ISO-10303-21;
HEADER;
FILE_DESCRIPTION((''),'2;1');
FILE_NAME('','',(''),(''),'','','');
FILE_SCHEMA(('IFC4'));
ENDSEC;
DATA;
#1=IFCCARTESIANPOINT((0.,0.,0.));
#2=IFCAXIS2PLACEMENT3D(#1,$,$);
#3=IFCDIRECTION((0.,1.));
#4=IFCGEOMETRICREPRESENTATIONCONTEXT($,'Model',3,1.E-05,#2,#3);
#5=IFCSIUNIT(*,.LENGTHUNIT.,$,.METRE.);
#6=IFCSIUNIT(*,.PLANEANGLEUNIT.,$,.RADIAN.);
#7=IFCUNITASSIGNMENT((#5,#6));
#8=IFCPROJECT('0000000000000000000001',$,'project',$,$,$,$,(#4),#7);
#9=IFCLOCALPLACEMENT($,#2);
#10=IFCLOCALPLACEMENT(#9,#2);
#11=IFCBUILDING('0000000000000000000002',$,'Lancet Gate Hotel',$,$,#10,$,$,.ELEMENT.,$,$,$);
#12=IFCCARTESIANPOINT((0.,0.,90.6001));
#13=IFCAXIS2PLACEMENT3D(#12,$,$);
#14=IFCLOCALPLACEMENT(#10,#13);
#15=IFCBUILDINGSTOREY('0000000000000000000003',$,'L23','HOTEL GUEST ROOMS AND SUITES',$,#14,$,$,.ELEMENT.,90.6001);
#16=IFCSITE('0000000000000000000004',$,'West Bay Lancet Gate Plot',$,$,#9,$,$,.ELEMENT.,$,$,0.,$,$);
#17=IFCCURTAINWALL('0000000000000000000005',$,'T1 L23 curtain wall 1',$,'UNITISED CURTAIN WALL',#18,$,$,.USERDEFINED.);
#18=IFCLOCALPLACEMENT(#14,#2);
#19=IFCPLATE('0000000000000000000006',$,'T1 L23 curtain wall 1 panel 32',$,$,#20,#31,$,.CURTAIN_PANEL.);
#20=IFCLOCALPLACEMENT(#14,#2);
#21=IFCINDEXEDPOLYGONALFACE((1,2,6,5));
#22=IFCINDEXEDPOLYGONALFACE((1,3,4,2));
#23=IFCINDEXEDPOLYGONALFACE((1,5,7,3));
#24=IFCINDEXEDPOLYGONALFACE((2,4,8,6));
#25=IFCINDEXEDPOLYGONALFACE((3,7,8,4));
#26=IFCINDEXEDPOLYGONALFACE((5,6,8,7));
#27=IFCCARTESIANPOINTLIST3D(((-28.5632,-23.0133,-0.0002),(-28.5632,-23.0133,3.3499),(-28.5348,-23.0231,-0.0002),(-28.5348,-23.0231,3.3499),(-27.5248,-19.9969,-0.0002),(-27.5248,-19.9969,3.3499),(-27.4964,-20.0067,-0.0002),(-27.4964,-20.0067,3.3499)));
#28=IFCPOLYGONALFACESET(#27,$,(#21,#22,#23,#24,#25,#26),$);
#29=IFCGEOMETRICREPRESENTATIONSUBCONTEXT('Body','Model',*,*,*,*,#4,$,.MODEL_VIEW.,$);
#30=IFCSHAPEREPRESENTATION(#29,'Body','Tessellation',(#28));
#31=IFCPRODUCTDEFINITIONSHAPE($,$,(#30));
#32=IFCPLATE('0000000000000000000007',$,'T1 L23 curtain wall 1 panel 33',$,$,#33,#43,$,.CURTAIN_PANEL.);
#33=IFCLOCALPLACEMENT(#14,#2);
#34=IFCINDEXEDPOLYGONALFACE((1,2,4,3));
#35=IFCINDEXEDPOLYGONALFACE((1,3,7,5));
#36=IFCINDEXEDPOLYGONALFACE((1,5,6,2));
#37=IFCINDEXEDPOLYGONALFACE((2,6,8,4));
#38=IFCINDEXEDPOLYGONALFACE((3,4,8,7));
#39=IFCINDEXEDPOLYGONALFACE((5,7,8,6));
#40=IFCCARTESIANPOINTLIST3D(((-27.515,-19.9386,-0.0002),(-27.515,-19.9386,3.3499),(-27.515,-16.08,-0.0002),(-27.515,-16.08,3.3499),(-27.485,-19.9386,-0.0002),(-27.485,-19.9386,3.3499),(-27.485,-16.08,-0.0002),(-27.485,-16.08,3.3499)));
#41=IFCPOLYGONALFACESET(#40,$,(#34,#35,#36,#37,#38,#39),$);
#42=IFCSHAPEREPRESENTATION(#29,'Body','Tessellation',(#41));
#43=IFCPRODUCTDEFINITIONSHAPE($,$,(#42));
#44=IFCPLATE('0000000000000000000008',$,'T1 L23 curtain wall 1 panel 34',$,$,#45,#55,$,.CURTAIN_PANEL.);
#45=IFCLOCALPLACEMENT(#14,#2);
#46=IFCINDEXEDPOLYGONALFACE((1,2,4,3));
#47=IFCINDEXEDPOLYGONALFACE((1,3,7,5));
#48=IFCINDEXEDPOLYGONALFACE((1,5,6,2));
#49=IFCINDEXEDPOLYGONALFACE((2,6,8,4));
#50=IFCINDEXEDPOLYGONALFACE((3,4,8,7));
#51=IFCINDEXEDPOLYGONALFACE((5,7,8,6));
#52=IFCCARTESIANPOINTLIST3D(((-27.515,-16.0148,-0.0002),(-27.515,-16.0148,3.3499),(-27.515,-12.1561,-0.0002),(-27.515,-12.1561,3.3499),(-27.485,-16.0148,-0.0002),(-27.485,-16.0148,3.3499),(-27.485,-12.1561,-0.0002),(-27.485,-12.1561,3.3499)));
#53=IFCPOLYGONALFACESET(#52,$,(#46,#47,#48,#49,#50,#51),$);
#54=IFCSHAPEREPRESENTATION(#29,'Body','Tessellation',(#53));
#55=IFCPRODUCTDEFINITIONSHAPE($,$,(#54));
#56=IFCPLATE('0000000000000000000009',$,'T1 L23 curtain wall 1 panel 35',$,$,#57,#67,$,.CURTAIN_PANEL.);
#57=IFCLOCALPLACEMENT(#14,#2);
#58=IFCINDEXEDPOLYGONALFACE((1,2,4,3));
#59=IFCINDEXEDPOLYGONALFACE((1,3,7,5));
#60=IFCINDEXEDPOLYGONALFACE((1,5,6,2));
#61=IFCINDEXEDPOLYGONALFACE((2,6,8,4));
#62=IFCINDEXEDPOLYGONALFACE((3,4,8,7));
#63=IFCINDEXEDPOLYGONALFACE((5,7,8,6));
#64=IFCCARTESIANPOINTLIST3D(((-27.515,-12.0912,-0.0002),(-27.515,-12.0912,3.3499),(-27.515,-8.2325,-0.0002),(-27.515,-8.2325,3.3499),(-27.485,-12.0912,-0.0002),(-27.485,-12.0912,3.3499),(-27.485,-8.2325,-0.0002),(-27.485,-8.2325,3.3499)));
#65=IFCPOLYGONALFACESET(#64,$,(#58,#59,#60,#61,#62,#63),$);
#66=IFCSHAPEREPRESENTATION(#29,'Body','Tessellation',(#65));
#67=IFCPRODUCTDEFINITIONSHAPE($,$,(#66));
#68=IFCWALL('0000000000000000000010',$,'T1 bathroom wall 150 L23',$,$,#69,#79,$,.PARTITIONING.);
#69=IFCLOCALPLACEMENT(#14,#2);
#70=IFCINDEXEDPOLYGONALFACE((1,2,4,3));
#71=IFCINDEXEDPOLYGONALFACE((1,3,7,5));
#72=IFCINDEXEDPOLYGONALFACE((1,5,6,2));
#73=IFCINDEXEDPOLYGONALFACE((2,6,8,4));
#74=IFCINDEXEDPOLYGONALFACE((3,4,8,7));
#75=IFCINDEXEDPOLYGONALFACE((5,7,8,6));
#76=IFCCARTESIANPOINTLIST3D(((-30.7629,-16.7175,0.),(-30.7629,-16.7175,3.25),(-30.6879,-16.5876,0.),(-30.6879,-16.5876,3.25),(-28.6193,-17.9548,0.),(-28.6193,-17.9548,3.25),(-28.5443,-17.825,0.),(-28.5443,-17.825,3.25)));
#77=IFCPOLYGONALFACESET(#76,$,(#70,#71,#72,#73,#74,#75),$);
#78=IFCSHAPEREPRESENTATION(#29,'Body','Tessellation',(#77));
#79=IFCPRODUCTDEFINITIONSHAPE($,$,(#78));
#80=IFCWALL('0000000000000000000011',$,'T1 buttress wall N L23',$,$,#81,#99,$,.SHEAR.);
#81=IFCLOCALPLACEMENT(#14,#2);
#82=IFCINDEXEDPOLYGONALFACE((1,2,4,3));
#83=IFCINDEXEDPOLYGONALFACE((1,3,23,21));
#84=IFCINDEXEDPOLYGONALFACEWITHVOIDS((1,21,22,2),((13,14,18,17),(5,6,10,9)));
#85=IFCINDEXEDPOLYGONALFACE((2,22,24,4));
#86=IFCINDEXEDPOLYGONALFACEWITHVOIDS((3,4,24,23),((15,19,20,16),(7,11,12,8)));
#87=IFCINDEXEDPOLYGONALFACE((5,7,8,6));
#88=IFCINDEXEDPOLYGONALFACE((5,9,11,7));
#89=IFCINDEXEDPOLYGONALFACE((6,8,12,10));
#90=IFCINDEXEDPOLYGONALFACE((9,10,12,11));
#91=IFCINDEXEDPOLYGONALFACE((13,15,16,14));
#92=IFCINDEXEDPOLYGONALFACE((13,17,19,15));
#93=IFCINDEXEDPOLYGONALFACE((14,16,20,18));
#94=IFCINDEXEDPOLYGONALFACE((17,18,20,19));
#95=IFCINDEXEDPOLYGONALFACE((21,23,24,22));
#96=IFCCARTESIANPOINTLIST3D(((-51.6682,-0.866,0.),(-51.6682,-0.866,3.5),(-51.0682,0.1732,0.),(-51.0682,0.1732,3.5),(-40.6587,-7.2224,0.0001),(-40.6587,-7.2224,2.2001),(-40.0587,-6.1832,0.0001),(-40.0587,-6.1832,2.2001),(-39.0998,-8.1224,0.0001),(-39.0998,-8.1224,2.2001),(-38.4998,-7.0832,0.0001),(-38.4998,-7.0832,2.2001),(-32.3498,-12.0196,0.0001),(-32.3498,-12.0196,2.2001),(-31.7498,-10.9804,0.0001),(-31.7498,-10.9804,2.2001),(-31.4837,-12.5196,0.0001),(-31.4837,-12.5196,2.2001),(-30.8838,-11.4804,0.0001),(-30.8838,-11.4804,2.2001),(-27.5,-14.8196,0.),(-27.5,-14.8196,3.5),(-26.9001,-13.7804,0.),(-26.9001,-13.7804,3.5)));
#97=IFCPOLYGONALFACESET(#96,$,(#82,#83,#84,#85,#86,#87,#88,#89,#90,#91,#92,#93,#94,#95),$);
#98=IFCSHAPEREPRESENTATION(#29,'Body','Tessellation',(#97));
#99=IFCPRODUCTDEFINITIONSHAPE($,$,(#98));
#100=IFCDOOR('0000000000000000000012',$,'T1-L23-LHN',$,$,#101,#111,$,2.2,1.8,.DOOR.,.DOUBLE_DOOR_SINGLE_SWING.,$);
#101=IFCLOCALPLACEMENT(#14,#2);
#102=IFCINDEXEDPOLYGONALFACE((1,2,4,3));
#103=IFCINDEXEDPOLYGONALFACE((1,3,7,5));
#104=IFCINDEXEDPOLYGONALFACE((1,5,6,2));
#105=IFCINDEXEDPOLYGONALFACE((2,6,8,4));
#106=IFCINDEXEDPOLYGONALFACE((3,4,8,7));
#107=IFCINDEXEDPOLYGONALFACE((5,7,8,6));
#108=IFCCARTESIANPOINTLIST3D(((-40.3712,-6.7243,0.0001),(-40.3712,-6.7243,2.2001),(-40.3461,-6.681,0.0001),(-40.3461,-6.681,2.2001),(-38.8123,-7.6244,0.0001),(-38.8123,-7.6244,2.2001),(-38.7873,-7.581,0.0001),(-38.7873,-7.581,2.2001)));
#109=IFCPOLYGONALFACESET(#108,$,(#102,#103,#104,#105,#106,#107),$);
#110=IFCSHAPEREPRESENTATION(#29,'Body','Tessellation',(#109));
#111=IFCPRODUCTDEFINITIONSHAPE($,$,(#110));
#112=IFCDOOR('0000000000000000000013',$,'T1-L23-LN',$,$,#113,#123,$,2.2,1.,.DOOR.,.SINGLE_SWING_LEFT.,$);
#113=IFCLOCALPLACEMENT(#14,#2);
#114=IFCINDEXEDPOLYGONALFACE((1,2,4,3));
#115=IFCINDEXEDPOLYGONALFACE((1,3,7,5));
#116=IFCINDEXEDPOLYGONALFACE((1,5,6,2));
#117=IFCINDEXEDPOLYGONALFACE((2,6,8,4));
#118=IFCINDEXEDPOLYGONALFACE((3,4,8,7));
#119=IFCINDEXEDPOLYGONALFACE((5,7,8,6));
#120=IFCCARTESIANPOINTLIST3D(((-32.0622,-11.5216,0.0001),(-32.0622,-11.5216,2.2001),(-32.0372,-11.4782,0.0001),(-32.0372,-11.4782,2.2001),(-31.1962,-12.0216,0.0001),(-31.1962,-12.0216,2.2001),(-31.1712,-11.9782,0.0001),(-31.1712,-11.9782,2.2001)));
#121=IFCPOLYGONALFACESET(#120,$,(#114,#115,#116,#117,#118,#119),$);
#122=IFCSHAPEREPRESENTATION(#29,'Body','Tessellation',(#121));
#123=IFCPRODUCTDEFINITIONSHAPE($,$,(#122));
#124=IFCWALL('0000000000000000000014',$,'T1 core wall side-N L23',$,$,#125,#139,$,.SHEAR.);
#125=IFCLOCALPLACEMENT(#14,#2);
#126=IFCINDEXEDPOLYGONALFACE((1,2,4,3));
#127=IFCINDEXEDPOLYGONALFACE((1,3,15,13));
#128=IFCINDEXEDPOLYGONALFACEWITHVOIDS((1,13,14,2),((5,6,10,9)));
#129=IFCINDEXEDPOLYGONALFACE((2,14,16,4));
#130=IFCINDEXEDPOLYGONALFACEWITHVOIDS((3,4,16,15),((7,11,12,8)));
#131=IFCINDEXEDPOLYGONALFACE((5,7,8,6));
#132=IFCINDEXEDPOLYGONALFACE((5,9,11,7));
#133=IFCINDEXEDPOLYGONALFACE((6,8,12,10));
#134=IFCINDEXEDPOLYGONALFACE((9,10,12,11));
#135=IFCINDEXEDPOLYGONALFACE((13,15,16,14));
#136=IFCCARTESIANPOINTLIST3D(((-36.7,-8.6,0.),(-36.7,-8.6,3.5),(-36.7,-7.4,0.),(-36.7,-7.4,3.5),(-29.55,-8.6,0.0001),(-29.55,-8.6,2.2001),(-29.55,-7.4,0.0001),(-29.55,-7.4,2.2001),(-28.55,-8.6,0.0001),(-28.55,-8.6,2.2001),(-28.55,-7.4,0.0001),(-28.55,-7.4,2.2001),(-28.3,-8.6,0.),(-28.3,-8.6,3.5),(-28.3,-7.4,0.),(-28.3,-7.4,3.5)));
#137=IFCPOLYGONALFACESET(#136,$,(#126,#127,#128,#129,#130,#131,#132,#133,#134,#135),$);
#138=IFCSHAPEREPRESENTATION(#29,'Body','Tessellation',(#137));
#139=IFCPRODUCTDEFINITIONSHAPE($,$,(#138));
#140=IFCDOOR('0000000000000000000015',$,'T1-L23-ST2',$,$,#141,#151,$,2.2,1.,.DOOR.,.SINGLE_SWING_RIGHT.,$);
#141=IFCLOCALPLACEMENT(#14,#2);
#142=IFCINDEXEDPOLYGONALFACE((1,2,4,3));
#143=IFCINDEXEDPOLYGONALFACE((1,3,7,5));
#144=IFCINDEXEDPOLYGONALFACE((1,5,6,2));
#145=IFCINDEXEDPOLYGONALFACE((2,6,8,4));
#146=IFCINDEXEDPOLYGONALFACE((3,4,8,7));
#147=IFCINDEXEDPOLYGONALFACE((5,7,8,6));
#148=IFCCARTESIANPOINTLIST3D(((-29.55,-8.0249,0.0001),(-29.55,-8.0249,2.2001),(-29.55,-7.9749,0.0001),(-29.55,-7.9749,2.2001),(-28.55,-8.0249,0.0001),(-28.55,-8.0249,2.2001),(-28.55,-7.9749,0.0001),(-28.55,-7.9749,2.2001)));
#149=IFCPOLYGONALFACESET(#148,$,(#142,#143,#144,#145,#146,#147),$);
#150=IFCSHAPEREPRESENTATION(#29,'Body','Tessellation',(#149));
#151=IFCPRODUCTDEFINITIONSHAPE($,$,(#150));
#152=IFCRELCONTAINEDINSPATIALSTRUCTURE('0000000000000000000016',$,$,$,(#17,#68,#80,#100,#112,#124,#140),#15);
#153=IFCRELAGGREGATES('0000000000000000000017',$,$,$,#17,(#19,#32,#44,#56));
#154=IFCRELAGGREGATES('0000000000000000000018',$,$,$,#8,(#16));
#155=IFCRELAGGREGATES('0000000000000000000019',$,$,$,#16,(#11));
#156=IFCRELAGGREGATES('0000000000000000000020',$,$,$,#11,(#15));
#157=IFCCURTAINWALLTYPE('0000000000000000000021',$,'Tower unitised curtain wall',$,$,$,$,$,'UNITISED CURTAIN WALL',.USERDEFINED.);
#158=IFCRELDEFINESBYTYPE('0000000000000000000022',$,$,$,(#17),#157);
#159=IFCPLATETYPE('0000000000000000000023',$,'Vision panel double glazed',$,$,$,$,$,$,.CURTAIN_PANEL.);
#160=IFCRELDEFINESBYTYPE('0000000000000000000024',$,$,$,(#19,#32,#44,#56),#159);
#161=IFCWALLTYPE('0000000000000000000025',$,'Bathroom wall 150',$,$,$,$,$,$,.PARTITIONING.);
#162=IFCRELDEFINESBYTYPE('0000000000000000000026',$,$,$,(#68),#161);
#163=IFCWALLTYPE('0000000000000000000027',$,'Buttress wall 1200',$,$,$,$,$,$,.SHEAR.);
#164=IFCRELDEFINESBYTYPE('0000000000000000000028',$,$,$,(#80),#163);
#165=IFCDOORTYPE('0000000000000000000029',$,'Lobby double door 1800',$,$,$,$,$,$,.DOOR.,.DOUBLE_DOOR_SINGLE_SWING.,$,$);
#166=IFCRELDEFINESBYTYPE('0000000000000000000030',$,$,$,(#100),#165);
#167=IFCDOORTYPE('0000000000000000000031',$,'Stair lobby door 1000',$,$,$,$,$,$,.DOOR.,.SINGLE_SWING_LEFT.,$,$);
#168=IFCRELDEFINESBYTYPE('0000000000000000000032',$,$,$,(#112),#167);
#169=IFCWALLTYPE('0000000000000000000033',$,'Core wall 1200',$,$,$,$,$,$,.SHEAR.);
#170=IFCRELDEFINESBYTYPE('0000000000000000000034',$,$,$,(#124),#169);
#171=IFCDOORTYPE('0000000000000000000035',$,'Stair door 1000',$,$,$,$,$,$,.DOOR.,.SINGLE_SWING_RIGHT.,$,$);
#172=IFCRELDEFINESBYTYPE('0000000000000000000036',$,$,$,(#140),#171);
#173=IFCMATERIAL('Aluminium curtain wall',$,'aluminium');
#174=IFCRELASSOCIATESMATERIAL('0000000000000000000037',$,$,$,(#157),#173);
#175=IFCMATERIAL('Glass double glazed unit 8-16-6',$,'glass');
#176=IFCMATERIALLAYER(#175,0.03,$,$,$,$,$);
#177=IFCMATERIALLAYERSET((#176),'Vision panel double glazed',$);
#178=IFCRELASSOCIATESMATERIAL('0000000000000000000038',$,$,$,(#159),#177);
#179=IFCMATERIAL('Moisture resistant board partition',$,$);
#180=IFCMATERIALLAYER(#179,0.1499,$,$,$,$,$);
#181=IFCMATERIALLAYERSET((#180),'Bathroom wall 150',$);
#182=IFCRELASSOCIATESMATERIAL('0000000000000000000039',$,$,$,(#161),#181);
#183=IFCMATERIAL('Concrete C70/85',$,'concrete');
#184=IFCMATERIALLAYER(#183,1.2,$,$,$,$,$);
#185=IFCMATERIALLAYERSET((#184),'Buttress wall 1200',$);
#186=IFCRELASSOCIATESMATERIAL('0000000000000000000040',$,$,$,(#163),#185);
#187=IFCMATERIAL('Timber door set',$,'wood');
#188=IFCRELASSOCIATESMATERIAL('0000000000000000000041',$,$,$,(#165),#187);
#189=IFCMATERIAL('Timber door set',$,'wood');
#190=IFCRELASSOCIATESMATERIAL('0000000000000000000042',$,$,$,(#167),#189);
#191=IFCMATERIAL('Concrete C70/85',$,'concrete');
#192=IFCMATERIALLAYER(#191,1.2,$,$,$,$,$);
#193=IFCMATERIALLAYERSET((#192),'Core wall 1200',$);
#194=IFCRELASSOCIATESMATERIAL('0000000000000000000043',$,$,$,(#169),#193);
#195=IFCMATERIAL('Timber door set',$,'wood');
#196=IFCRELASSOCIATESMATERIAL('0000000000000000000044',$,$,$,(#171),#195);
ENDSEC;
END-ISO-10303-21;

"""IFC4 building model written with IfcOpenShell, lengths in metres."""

from ifc_helpers import new_model, si_unit, direction, frame, frame_2d, origin, origin_2d, place, context, subcontext, project, spatial, rectangle, extrude, material, layer, layer_set, type_object, element, fill, aggregate, save


model = new_model("IFC4")

# Units and contexts
model_context = context("Model", 3, precision=1e-05, world=origin(), true_north=direction((0.0, 1.0)))
body_context = subcontext(model_context, "Body", "Model", "MODEL_VIEW")
ifc_project = project(units=[si_unit("LENGTHUNIT", "METRE"), si_unit("PLANEANGLEUNIT", "RADIAN")], contexts=[model_context])

# Site, building, storey
site_placement = place(None, origin())
site = spatial("IfcSite", under=ifc_project, at=site_placement, Name="West Bay Lancet Gate Plot", CompositionType="ELEMENT", RefElevation=0.0)
building_placement = place(site_placement, origin())
building = spatial("IfcBuilding", under=site, at=building_placement, Name="Lancet Gate Hotel", CompositionType="ELEMENT")
storey_placement = place(building_placement, frame((0.0, 0.0, 90.6001)))
storey = spatial("IfcBuildingStorey", under=building, at=storey_placement, Name="L23", Description="HOTEL GUEST ROOMS AND SUITES", CompositionType="ELEMENT", Elevation=90.6001)

# Curtain wall
ifc_material_1 = material(Name="Aluminium curtain wall", Category="aluminium")
curtain_wall_type = type_object("IfcCurtainWallType", Name="Tower unitised curtain wall", ElementType="UNITISED CURTAIN WALL", PredefinedType="USERDEFINED", material=ifc_material_1)
curtain_wall_placement = place(storey_placement, origin())
curtain_wall = element("IfcCurtainWall", 1, at=curtain_wall_placement, inside=storey, type_object=curtain_wall_type, Name="T1 L23 curtain wall 1", ObjectType="UNITISED CURTAIN WALL", PredefinedType="USERDEFINED")

# Plates
ifc_material_2 = material(Name="Glass double glazed unit 8-16-6", Category="glass")
ifc_layer_1 = layer(ifc_material_2, 0.03)
ifc_layer_set_1 = layer_set([ifc_layer_1], Name="Vision panel double glazed")
plate_type = type_object("IfcPlateType", Name="Vision panel double glazed", PredefinedType="CURTAIN_PANEL", material=ifc_layer_set_1)
plate_1_placement = place(storey_placement, frame((-28.0298, -21.51, -0.0002), z_axis=(0.0, 0.0, 1.0), x_axis=(0.325516, 0.945537, 0.0)))
plate_1 = element("IfcPlate", 2, at=plate_1_placement, type_object=plate_type, Name="T1 L23 curtain wall 1 panel 32", PredefinedType="CURTAIN_PANEL", context=body_context, shape_type="SweptSolid", body=[
    extrude(rectangle(XDim=3.1902, YDim=0.03, at=origin_2d()), origin(), (0.0, 0.0, 1.0), 3.3501),
])
plate_2_placement = place(storey_placement, frame((-27.5, -18.0093, -0.0002), z_axis=(0.0, 0.0, 1.0), x_axis=(0.0, 1.0, 0.0)))
plate_2 = element("IfcPlate", 3, at=plate_2_placement, type_object=plate_type, Name="T1 L23 curtain wall 1 panel 33", PredefinedType="CURTAIN_PANEL", context=body_context, shape_type="SweptSolid", body=[
    extrude(rectangle(XDim=3.8586, YDim=0.03, at=origin_2d()), origin(), (0.0, 0.0, 1.0), 3.3501),
])
plate_3_placement = place(storey_placement, frame((-27.5, -14.0854, -0.0002), z_axis=(0.0, 0.0, 1.0), x_axis=(0.0, 1.0, 0.0)))
plate_3 = element("IfcPlate", 4, at=plate_3_placement, type_object=plate_type, Name="T1 L23 curtain wall 1 panel 34", PredefinedType="CURTAIN_PANEL", context=body_context, shape_type="SweptSolid", body=[
    extrude(rectangle(XDim=3.8586, YDim=0.03, at=origin_2d()), origin(), (0.0, 0.0, 1.0), 3.3501),
])
plate_4_placement = place(storey_placement, frame((-27.5, -10.1619, -0.0002), z_axis=(0.0, 0.0, 1.0), x_axis=(0.0, 1.0, 0.0)))
plate_4 = element("IfcPlate", 5, at=plate_4_placement, type_object=plate_type, Name="T1 L23 curtain wall 1 panel 35", PredefinedType="CURTAIN_PANEL", context=body_context, shape_type="SweptSolid", body=[
    extrude(rectangle(XDim=3.8586, YDim=0.03, at=origin_2d()), origin(), (0.0, 0.0, 1.0), 3.3501),
])
aggregate(curtain_wall, [plate_1, plate_2, plate_3, plate_4])

# Wall
ifc_material_3 = material(Name="Moisture resistant board partition")
ifc_layer_2 = layer(ifc_material_3, 0.1499)
ifc_layer_set_2 = layer_set([ifc_layer_2], Name="Bathroom wall 150")
wall_type_1 = type_object("IfcWallType", Name="Bathroom wall 150", PredefinedType="PARTITIONING", material=ifc_layer_set_2)
wall_1_placement = place(storey_placement, frame((-28.5818, -17.8899, 0.0), z_axis=(0.0, 0.0, 1.0), x_axis=(-0.866074, 0.499916, 0.0)))
element("IfcWall", 6, at=wall_1_placement, inside=storey, type_object=wall_type_1, Name="T1 bathroom wall 150 L23", PredefinedType="PARTITIONING", context=body_context, shape_type="SweptSolid", body=[
    extrude(rectangle(XDim=2.4751, YDim=0.1499, at=frame_2d((1.2375, 0.0))), origin(), (0.0, 0.0, 1.0), 3.25),
])

# Wall, openings, doors
ifc_material_4 = material(Name="Concrete C70/85", Category="concrete")
ifc_layer_3 = layer(ifc_material_4, 1.2)
ifc_layer_set_3 = layer_set([ifc_layer_3], Name="Buttress wall 1200")
wall_type_2 = type_object("IfcWallType", Name="Buttress wall 1200", PredefinedType="SHEAR", material=ifc_layer_set_3)
wall_2_placement = place(storey_placement, frame((-27.2, -14.3, 0.0), z_axis=(0.0, 0.0, 1.0), x_axis=(-0.866024, 0.500002, 0.0)))
wall_2 = element("IfcWall", 7, at=wall_2_placement, inside=storey, type_object=wall_type_2, Name="T1 buttress wall N L23", PredefinedType="SHEAR", context=body_context, shape_type="SweptSolid", body=[
    extrude(rectangle(XDim=27.907, YDim=1.2, at=frame_2d((13.9536, 0.0))), origin(), (0.0, 0.0, 1.0), 3.5),
])
opening_1_placement = place(wall_2_placement, frame((4.6001, 0.0, 0.0)))
opening_1 = element("IfcOpeningElement", 8, at=opening_1_placement, cuts=wall_2, PredefinedType="OPENING", context=body_context, shape_type="SweptSolid", body=[
    extrude(rectangle(XDim=1.0, YDim=2.2, at=frame_2d((0.5, 1.1001))), frame((0.0, 0.6099, 0.0), z_axis=(0.0, -1.0, 0.0), x_axis=(1.0, 0.0, 0.0)), (0.0, 0.0, 1.0), 1.22),
])
opening_2_placement = place(wall_2_placement, frame((13.3945, 0.0, 0.0)))
opening_2 = element("IfcOpeningElement", 9, at=opening_2_placement, cuts=wall_2, PredefinedType="OPENING", context=body_context, shape_type="SweptSolid", body=[
    extrude(rectangle(XDim=1.8, YDim=2.2, at=frame_2d((0.8999, 1.1001))), frame((0.0, 0.6099, 0.0), z_axis=(0.0, -1.0, 0.0), x_axis=(1.0, 0.0, 0.0)), (0.0, 0.0, 1.0), 1.22),
])
ifc_material_5 = material(Name="Timber door set", Category="wood")
door_type_1 = type_object("IfcDoorType", Name="Lobby double door 1800", OperationType="DOUBLE_DOOR_SINGLE_SWING", PredefinedType="DOOR", material=ifc_material_5)
door_1_placement = place(opening_2_placement, origin())
door_1 = element("IfcDoor", 10, at=door_1_placement, inside=storey, type_object=door_type_1, Name="T1-L23-LHN", OperationType="DOUBLE_DOOR_SINGLE_SWING", OverallHeight=2.2, OverallWidth=1.8, PredefinedType="DOOR", context=body_context, shape_type="SweptSolid", body=[
    extrude(rectangle(XDim=1.8, YDim=2.2, at=frame_2d((0.8999, 1.1001))), frame((0.0, 0.0249, 0.0), z_axis=(0.0, -1.0, 0.0), x_axis=(1.0, 0.0, 0.0)), (0.0, 0.0, 1.0), 0.05),
])
fill(opening_2, door_1)
ifc_material_6 = material(Name="Timber door set", Category="wood")
door_type_2 = type_object("IfcDoorType", Name="Stair lobby door 1000", OperationType="SINGLE_SWING_LEFT", PredefinedType="DOOR", material=ifc_material_6)
door_2_placement = place(opening_1_placement, origin())
door_2 = element("IfcDoor", 11, at=door_2_placement, inside=storey, type_object=door_type_2, Name="T1-L23-LN", OperationType="SINGLE_SWING_LEFT", OverallHeight=2.2, OverallWidth=1.0, PredefinedType="DOOR", context=body_context, shape_type="SweptSolid", body=[
    extrude(rectangle(XDim=1.0, YDim=2.2, at=frame_2d((0.5, 1.1001))), frame((0.0, 0.0249, 0.0), z_axis=(0.0, -1.0, 0.0), x_axis=(1.0, 0.0, 0.0)), (0.0, 0.0, 1.0), 0.05),
])
fill(opening_1, door_2)

# Wall, opening, door
ifc_material_7 = material(Name="Concrete C70/85", Category="concrete")
ifc_layer_4 = layer(ifc_material_7, 1.2)
ifc_layer_set_4 = layer_set([ifc_layer_4], Name="Core wall 1200")
wall_type_3 = type_object("IfcWallType", Name="Core wall 1200", PredefinedType="SHEAR", material=ifc_layer_set_4)
wall_3_placement = place(storey_placement, frame((-28.3, -8.0, 0.0), z_axis=(0.0, 0.0, 1.0), x_axis=(-1.0, 0.0, 0.0)))
wall_3 = element("IfcWall", 12, at=wall_3_placement, inside=storey, type_object=wall_type_3, Name="T1 core wall side-N L23", PredefinedType="SHEAR", context=body_context, shape_type="SweptSolid", body=[
    extrude(rectangle(XDim=8.3999, YDim=1.2, at=frame_2d((4.2, 0.0))), origin(), (0.0, 0.0, 1.0), 3.5),
])
opening_3_placement = place(wall_3_placement, frame((0.25, 0.0, 0.0)))
opening_3 = element("IfcOpeningElement", 13, at=opening_3_placement, cuts=wall_3, PredefinedType="OPENING", context=body_context, shape_type="SweptSolid", body=[
    extrude(rectangle(XDim=1.0, YDim=2.2, at=frame_2d((0.5, 1.1001))), frame((0.0, 0.6099, 0.0), z_axis=(0.0, -1.0, 0.0), x_axis=(1.0, 0.0, 0.0)), (0.0, 0.0, 1.0), 1.22),
])
ifc_material_8 = material(Name="Timber door set", Category="wood")
door_type_3 = type_object("IfcDoorType", Name="Stair door 1000", OperationType="SINGLE_SWING_RIGHT", PredefinedType="DOOR", material=ifc_material_8)
door_3_placement = place(opening_3_placement, origin())
door_3 = element("IfcDoor", 14, at=door_3_placement, inside=storey, type_object=door_type_3, Name="T1-L23-ST2", OperationType="SINGLE_SWING_RIGHT", OverallHeight=2.2, OverallWidth=1.0, PredefinedType="DOOR", context=body_context, shape_type="SweptSolid", body=[
    extrude(rectangle(XDim=1.0, YDim=2.2, at=frame_2d((0.5, 1.1001))), frame((0.0, 0.0249, 0.0), z_axis=(0.0, -1.0, 0.0), x_axis=(1.0, 0.0, 0.0)), (0.0, 0.0, 1.0), 0.05),
])
fill(opening_3, door_3)

save(model, "model.ifc")
